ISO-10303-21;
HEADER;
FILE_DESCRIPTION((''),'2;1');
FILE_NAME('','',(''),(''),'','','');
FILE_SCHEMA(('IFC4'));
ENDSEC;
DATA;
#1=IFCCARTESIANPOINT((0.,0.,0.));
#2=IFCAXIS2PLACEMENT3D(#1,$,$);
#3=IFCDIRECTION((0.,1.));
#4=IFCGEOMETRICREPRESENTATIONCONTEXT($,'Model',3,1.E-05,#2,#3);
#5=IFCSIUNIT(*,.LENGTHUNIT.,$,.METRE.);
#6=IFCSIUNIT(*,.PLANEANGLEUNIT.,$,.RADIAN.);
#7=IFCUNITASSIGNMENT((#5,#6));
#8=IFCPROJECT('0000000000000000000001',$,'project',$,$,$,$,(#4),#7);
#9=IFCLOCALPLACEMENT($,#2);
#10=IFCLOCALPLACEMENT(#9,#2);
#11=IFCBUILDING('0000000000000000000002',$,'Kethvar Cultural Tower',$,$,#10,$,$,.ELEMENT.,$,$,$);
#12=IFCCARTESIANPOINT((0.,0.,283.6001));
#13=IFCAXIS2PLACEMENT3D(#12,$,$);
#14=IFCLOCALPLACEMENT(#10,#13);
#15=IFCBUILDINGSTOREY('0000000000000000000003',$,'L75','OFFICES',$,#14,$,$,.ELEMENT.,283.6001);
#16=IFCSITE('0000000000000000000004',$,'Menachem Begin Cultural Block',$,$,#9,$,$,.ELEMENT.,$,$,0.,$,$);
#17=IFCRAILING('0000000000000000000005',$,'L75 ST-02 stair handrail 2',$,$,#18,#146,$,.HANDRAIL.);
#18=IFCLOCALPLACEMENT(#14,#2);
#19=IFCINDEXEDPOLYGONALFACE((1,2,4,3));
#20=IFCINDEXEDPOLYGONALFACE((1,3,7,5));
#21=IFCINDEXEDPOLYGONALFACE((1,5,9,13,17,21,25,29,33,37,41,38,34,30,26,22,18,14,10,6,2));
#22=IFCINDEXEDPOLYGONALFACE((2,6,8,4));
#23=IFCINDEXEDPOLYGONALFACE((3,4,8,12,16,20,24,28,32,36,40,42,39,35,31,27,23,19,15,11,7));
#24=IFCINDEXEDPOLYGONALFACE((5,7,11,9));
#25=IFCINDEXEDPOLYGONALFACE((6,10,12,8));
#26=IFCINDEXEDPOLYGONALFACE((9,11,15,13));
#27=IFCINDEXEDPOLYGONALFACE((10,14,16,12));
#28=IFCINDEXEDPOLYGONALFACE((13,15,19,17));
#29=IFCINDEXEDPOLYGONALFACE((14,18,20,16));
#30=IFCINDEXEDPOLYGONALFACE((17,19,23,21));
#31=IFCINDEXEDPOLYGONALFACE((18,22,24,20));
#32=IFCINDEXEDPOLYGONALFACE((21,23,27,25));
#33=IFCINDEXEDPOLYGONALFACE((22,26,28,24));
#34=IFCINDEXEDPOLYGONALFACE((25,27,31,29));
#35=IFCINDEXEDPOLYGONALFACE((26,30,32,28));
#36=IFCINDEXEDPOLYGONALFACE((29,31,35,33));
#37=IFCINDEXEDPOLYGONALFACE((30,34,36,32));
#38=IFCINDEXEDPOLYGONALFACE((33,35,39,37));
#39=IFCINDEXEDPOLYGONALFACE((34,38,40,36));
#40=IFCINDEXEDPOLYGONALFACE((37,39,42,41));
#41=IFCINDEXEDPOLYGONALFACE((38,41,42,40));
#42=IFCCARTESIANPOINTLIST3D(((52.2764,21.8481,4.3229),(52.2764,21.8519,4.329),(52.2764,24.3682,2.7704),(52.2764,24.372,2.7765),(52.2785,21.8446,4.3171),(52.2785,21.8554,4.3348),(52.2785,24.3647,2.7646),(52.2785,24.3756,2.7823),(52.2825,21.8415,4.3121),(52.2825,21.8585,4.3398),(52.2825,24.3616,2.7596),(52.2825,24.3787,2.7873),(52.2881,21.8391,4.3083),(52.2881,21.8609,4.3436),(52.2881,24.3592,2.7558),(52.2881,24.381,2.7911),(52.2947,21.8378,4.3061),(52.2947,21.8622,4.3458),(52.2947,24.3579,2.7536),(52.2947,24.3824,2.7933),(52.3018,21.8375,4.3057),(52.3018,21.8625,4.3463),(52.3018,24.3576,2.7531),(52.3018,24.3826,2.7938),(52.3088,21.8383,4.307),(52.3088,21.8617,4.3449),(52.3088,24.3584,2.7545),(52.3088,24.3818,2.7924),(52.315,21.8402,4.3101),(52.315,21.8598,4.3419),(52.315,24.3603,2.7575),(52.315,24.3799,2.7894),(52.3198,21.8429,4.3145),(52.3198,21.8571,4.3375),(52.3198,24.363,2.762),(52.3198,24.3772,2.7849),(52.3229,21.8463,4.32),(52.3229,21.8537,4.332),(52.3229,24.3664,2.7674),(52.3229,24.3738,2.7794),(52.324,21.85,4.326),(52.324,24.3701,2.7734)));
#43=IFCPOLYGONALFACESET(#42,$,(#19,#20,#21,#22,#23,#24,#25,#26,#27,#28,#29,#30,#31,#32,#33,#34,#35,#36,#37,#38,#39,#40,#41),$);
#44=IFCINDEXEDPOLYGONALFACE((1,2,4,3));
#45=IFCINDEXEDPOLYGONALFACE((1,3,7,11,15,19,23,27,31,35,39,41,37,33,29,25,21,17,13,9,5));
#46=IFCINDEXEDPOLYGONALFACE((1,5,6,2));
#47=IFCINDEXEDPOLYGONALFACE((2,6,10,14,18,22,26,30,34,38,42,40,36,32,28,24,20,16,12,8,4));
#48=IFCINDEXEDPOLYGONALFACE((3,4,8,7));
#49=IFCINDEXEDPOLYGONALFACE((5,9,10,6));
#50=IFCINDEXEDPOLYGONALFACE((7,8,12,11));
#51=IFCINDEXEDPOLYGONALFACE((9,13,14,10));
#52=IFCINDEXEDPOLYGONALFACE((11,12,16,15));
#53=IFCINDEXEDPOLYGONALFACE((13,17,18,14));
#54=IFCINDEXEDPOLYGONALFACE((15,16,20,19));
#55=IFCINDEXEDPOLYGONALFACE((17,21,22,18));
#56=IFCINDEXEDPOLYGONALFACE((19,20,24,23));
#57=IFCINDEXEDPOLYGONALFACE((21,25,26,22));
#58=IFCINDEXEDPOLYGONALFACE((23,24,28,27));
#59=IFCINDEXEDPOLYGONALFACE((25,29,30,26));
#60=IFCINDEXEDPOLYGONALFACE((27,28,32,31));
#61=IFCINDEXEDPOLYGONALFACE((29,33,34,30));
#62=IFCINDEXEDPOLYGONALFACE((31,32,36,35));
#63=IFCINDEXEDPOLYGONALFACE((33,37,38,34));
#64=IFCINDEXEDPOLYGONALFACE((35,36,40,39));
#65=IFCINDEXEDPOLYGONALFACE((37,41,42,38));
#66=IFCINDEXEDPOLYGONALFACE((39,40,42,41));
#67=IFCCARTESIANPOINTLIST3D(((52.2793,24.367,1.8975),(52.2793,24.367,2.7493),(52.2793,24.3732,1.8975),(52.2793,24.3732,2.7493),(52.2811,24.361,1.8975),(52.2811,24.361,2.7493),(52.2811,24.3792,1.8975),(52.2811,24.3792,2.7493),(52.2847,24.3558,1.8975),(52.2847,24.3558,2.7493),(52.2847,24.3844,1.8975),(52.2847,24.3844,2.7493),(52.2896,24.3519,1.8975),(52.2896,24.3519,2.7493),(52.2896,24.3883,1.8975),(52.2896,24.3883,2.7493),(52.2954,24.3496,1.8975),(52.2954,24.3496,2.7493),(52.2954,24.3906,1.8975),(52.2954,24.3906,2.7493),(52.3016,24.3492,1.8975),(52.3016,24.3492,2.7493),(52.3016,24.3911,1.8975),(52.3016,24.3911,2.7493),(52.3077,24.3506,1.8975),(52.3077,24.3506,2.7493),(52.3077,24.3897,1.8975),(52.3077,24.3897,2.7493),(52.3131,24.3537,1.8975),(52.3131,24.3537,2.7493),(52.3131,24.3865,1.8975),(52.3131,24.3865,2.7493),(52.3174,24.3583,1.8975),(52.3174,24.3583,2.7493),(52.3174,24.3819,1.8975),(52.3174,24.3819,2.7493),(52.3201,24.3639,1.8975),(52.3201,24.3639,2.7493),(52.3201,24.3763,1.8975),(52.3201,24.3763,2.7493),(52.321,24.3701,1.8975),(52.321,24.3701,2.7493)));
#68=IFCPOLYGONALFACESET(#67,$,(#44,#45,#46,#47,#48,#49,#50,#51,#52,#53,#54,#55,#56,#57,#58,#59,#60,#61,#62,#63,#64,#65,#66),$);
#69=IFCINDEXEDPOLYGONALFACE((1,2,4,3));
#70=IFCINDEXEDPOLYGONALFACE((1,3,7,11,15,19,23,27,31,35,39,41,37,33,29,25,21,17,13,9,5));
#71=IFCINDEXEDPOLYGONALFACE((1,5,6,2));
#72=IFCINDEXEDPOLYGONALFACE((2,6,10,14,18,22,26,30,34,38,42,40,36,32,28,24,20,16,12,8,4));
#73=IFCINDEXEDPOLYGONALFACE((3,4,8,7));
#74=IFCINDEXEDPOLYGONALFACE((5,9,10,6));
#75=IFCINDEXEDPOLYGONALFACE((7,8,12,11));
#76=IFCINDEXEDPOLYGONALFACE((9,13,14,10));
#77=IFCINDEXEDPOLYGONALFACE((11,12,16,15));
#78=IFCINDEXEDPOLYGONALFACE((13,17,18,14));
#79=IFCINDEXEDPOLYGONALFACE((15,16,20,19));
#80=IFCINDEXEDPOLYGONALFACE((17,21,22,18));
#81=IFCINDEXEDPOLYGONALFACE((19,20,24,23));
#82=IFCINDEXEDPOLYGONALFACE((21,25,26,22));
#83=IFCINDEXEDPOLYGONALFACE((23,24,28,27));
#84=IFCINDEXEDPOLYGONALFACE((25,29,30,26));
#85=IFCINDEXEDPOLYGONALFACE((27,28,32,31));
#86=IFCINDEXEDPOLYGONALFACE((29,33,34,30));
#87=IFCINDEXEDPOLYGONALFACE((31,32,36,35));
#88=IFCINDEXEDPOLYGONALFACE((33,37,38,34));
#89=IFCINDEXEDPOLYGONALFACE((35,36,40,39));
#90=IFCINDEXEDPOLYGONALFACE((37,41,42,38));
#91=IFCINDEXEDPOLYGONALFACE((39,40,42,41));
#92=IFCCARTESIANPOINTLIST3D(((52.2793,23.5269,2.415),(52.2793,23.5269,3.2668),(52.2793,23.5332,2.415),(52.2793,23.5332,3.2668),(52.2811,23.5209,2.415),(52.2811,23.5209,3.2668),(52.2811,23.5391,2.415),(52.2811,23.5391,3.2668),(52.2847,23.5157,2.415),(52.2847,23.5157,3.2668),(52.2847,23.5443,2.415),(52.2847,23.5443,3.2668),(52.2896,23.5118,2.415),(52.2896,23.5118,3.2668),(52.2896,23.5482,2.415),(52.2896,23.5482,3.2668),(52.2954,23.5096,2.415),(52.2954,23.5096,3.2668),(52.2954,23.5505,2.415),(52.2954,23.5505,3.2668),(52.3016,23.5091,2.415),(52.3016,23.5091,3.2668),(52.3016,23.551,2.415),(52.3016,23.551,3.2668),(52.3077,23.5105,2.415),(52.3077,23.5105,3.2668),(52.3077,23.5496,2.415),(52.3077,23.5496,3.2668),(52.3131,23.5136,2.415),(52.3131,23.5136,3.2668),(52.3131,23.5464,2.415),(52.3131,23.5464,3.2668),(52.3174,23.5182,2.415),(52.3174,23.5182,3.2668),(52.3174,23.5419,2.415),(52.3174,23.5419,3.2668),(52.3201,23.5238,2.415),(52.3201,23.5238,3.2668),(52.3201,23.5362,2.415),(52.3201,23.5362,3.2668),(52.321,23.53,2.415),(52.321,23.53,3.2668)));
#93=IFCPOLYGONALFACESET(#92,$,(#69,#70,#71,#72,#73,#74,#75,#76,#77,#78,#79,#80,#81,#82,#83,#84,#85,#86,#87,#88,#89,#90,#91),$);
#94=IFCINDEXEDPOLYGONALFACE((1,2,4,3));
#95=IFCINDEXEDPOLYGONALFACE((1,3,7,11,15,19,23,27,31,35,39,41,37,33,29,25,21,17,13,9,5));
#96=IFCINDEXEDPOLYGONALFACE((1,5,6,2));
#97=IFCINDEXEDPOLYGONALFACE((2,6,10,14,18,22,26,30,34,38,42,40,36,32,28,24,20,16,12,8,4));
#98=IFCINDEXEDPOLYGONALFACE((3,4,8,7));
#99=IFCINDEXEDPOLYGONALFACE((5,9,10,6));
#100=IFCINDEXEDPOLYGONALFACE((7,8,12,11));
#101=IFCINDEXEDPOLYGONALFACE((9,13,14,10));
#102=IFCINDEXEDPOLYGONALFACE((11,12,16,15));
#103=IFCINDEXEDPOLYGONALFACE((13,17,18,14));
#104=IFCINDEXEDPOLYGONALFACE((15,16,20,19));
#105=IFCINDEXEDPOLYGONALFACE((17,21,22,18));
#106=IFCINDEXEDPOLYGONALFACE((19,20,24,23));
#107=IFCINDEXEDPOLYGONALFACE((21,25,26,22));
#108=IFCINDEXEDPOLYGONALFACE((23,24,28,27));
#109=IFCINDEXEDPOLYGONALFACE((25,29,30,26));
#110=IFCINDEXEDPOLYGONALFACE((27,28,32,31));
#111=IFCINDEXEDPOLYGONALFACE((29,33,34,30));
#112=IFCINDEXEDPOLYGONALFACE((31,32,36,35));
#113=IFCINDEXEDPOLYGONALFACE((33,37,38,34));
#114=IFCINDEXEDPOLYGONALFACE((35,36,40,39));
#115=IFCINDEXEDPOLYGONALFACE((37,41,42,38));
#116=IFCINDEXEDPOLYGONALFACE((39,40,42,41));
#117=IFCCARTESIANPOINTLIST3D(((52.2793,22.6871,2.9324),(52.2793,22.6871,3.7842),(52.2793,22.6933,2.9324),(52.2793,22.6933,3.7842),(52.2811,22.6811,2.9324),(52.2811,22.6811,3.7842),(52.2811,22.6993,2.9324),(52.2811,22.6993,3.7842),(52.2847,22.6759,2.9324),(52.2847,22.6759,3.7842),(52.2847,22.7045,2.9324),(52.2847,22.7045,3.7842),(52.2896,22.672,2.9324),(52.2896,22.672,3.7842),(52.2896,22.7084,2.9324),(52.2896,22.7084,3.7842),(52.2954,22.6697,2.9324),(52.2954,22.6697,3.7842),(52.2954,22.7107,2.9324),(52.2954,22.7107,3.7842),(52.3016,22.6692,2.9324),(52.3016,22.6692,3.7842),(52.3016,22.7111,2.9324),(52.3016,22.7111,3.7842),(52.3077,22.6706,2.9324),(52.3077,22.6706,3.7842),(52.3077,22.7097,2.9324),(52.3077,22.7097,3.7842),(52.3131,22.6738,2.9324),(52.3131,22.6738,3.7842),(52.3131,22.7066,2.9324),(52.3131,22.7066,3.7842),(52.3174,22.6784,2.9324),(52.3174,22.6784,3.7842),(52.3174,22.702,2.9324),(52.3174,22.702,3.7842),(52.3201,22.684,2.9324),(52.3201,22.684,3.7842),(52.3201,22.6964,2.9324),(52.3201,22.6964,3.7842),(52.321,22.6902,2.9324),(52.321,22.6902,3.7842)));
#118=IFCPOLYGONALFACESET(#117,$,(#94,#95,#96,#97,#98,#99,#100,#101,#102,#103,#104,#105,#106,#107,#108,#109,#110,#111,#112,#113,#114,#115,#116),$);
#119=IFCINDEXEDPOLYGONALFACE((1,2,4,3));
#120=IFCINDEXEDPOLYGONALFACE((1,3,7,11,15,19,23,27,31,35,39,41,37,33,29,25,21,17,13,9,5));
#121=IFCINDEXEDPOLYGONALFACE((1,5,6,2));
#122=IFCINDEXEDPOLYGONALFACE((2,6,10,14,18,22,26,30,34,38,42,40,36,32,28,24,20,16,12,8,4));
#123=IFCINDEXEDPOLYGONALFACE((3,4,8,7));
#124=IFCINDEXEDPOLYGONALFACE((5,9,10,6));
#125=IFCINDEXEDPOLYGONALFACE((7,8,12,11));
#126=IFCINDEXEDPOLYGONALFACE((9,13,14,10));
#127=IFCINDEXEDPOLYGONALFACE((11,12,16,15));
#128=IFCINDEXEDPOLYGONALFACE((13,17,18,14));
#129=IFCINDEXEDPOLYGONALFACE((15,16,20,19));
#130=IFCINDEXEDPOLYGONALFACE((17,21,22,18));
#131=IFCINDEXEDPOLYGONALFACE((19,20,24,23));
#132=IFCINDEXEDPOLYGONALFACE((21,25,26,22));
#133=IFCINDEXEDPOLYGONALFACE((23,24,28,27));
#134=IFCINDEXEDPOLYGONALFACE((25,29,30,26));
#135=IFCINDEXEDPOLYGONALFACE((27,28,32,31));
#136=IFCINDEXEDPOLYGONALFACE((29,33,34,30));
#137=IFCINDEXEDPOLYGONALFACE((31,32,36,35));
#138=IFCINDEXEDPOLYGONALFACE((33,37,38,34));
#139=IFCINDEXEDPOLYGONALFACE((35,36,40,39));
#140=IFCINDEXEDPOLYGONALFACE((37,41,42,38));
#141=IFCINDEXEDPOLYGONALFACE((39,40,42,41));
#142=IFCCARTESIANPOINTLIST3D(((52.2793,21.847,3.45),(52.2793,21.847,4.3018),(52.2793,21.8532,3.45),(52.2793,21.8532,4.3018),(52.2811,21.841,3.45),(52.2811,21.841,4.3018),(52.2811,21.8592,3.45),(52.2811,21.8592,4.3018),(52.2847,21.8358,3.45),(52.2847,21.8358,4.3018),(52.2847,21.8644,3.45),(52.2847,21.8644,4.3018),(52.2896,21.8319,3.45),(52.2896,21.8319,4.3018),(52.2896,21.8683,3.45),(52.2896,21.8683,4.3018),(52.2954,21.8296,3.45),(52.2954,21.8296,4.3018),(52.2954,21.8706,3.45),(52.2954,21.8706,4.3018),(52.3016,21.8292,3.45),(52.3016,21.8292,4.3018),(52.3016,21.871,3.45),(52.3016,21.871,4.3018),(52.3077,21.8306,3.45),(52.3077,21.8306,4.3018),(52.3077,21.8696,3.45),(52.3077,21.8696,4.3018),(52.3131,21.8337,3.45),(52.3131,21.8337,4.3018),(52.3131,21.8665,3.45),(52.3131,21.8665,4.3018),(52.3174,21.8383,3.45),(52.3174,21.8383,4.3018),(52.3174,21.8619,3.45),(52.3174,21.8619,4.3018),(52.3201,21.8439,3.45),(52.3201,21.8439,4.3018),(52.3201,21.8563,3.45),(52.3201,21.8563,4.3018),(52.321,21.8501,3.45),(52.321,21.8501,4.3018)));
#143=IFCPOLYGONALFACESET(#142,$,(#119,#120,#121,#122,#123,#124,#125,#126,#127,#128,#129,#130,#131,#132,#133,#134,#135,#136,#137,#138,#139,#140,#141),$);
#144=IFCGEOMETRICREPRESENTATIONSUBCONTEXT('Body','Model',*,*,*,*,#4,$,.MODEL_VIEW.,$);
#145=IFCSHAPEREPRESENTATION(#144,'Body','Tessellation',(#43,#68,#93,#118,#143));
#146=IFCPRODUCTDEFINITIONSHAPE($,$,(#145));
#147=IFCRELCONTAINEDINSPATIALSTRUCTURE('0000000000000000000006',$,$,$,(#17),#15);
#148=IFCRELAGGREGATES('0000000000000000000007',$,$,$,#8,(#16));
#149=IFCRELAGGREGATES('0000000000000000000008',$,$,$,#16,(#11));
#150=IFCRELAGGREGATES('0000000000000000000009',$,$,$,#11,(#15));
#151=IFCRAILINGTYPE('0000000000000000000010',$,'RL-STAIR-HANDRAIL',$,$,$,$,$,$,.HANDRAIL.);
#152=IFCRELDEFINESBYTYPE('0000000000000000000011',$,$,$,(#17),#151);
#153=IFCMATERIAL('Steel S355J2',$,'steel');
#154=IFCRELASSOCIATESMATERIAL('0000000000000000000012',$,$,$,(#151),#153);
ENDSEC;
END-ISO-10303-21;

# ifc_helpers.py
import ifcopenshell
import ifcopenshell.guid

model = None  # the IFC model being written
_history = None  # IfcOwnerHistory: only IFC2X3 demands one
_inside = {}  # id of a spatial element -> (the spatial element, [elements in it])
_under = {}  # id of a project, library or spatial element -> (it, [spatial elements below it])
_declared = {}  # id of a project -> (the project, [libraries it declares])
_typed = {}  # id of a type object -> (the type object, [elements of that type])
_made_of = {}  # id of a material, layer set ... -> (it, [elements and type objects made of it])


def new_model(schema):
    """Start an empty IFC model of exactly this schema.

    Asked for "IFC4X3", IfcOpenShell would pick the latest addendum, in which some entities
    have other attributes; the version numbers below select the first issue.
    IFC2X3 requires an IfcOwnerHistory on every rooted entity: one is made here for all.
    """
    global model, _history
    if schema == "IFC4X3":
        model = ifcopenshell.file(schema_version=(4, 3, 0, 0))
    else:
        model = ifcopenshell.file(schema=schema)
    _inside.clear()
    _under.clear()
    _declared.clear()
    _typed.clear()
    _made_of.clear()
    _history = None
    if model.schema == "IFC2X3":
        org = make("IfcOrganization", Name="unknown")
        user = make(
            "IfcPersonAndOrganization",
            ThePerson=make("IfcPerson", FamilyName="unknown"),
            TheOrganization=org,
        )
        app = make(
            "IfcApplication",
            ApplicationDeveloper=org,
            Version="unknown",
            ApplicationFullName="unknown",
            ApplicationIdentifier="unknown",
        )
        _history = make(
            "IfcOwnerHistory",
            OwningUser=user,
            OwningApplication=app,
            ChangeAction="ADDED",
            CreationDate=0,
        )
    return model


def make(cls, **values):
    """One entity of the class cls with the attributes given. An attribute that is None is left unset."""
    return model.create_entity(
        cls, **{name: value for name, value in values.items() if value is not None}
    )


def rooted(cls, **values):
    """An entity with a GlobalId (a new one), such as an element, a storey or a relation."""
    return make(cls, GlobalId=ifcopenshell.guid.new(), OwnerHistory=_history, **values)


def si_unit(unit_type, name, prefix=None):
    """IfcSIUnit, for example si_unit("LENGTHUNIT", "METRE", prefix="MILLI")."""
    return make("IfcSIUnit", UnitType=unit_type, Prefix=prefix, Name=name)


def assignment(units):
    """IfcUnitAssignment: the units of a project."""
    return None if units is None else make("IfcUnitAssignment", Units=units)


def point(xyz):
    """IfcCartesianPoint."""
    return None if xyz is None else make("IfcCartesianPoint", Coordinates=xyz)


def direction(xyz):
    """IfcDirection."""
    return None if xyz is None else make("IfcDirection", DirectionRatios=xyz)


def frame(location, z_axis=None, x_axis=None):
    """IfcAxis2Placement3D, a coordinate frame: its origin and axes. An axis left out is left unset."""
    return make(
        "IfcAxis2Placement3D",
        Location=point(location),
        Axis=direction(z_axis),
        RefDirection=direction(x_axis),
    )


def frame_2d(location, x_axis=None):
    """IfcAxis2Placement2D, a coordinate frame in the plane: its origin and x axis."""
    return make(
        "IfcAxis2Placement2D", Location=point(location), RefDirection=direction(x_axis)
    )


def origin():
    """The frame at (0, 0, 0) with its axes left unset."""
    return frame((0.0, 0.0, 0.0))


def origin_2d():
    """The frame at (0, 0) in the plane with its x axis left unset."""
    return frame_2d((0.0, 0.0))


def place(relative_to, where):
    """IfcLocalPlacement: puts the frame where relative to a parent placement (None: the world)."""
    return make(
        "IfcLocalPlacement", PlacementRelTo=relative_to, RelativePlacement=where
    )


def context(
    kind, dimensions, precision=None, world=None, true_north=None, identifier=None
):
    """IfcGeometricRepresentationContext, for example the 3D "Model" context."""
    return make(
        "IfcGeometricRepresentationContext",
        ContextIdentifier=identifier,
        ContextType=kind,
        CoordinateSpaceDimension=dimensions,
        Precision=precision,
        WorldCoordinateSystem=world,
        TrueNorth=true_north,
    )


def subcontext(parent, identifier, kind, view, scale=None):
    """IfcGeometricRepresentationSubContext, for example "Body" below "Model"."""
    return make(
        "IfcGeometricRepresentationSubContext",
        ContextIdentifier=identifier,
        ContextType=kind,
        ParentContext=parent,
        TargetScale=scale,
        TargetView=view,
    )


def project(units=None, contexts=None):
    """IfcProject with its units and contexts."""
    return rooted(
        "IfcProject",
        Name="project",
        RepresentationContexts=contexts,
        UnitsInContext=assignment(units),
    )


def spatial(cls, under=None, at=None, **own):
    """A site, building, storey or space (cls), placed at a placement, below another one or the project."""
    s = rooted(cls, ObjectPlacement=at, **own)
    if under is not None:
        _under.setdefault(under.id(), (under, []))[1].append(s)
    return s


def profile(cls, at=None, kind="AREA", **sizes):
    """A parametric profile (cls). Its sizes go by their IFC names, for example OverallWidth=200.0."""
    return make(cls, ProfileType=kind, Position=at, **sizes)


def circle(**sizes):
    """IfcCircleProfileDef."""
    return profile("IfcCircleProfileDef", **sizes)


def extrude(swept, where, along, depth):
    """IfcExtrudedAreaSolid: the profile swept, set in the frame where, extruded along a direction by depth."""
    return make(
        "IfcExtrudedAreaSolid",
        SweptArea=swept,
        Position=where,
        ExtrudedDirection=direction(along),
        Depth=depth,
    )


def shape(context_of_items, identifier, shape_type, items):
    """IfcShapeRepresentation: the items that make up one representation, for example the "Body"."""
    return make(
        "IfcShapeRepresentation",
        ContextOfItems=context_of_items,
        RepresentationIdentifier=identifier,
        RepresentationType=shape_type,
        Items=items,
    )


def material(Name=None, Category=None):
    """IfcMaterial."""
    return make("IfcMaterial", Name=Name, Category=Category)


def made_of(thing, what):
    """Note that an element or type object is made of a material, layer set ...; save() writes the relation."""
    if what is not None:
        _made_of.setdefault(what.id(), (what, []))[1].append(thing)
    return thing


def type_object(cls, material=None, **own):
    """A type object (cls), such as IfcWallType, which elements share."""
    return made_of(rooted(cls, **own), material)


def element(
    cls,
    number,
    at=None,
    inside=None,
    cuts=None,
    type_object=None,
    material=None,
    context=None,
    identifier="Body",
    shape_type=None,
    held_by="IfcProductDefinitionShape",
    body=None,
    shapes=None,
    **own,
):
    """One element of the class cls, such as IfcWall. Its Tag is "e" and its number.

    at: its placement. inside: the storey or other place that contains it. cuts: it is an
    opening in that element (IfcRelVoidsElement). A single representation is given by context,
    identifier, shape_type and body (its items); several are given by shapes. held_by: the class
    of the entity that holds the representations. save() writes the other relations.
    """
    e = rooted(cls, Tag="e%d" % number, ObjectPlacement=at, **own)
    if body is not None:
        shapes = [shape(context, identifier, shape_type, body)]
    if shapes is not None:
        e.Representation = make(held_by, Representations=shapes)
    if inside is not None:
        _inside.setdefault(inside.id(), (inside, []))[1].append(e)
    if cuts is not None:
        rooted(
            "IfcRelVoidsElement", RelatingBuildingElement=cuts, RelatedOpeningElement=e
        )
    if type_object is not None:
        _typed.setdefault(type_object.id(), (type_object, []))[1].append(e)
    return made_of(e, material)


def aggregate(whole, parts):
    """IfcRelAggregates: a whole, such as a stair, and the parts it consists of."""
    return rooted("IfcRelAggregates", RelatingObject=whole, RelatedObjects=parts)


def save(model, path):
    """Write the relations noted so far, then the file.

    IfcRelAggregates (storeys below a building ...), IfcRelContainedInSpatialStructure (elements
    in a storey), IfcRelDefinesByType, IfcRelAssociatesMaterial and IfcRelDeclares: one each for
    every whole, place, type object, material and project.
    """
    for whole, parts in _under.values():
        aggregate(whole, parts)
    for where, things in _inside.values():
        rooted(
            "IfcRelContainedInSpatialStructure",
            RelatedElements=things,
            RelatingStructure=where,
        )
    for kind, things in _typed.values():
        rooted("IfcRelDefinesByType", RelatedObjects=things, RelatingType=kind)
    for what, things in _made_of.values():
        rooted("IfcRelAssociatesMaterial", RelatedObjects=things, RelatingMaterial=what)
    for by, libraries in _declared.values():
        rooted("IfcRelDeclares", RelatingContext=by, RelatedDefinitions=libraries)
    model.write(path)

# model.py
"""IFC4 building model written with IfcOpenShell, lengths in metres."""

from ifc_helpers import new_model, si_unit, direction, frame, origin, origin_2d, place, context, subcontext, project, spatial, circle, extrude, material, type_object, element, save


model = new_model("IFC4")

# Units and contexts
model_context = context("Model", 3, precision=1e-05, world=origin(), true_north=direction((0.0, 1.0)))
body_context = subcontext(model_context, "Body", "Model", "MODEL_VIEW")
ifc_project = project(units=[si_unit("LENGTHUNIT", "METRE"), si_unit("PLANEANGLEUNIT", "RADIAN")], contexts=[model_context])

# Site, building, storey
site_placement = place(None, origin())
site = spatial("IfcSite", under=ifc_project, at=site_placement, Name="Menachem Begin Cultural Block", CompositionType="ELEMENT", RefElevation=0.0)
building_placement = place(site_placement, origin())
building = spatial("IfcBuilding", under=site, at=building_placement, Name="Kethvar Cultural Tower", CompositionType="ELEMENT")
storey_placement = place(building_placement, frame((0.0, 0.0, 283.6001)))
storey = spatial("IfcBuildingStorey", under=building, at=storey_placement, Name="L75", Description="OFFICES", CompositionType="ELEMENT", Elevation=283.6001)

# Shared definitions
ifc_material_1 = material(Name="Steel S355J2", Category="steel")

# Railing
railing_type_1 = type_object("IfcRailingType", Name="RL-STAIR-HANDRAIL", PredefinedType="HANDRAIL", material=ifc_material_1)
railing_1_placement = place(storey_placement, frame((52.3, 24.3701, 1.8975)))
element("IfcRailing", 1, at=railing_1_placement, inside=storey, type_object=railing_type_1, Name="L75 ST-02 stair handrail 2", PredefinedType="HANDRAIL", context=body_context, shape_type="SweptSolid", body=[
    extrude(circle(Radius=0.0239, at=origin_2d()), frame((0.0, 0.0, 0.876), z_axis=(0.0, -0.8514, 0.524516), x_axis=(1.0, 0.0, 0.0)), (0.0, 0.0, 1.0), 2.96),
    extrude(circle(Radius=0.021, at=origin_2d()), origin(), (0.0, 0.0, 1.0), 0.8518),
    extrude(circle(Radius=0.021, at=origin_2d()), frame((0.0, -0.8401, 0.5176)), (0.0, 0.0, 1.0), 0.8518),
    extrude(circle(Radius=0.021, at=origin_2d()), frame((0.0, -1.6799, 1.0349)), (0.0, 0.0, 1.0), 0.8518),
    extrude(circle(Radius=0.021, at=origin_2d()), frame((0.0, -2.52, 1.5525)), (0.0, 0.0, 1.0), 0.8518),
])

save(model, "model.ifc")
